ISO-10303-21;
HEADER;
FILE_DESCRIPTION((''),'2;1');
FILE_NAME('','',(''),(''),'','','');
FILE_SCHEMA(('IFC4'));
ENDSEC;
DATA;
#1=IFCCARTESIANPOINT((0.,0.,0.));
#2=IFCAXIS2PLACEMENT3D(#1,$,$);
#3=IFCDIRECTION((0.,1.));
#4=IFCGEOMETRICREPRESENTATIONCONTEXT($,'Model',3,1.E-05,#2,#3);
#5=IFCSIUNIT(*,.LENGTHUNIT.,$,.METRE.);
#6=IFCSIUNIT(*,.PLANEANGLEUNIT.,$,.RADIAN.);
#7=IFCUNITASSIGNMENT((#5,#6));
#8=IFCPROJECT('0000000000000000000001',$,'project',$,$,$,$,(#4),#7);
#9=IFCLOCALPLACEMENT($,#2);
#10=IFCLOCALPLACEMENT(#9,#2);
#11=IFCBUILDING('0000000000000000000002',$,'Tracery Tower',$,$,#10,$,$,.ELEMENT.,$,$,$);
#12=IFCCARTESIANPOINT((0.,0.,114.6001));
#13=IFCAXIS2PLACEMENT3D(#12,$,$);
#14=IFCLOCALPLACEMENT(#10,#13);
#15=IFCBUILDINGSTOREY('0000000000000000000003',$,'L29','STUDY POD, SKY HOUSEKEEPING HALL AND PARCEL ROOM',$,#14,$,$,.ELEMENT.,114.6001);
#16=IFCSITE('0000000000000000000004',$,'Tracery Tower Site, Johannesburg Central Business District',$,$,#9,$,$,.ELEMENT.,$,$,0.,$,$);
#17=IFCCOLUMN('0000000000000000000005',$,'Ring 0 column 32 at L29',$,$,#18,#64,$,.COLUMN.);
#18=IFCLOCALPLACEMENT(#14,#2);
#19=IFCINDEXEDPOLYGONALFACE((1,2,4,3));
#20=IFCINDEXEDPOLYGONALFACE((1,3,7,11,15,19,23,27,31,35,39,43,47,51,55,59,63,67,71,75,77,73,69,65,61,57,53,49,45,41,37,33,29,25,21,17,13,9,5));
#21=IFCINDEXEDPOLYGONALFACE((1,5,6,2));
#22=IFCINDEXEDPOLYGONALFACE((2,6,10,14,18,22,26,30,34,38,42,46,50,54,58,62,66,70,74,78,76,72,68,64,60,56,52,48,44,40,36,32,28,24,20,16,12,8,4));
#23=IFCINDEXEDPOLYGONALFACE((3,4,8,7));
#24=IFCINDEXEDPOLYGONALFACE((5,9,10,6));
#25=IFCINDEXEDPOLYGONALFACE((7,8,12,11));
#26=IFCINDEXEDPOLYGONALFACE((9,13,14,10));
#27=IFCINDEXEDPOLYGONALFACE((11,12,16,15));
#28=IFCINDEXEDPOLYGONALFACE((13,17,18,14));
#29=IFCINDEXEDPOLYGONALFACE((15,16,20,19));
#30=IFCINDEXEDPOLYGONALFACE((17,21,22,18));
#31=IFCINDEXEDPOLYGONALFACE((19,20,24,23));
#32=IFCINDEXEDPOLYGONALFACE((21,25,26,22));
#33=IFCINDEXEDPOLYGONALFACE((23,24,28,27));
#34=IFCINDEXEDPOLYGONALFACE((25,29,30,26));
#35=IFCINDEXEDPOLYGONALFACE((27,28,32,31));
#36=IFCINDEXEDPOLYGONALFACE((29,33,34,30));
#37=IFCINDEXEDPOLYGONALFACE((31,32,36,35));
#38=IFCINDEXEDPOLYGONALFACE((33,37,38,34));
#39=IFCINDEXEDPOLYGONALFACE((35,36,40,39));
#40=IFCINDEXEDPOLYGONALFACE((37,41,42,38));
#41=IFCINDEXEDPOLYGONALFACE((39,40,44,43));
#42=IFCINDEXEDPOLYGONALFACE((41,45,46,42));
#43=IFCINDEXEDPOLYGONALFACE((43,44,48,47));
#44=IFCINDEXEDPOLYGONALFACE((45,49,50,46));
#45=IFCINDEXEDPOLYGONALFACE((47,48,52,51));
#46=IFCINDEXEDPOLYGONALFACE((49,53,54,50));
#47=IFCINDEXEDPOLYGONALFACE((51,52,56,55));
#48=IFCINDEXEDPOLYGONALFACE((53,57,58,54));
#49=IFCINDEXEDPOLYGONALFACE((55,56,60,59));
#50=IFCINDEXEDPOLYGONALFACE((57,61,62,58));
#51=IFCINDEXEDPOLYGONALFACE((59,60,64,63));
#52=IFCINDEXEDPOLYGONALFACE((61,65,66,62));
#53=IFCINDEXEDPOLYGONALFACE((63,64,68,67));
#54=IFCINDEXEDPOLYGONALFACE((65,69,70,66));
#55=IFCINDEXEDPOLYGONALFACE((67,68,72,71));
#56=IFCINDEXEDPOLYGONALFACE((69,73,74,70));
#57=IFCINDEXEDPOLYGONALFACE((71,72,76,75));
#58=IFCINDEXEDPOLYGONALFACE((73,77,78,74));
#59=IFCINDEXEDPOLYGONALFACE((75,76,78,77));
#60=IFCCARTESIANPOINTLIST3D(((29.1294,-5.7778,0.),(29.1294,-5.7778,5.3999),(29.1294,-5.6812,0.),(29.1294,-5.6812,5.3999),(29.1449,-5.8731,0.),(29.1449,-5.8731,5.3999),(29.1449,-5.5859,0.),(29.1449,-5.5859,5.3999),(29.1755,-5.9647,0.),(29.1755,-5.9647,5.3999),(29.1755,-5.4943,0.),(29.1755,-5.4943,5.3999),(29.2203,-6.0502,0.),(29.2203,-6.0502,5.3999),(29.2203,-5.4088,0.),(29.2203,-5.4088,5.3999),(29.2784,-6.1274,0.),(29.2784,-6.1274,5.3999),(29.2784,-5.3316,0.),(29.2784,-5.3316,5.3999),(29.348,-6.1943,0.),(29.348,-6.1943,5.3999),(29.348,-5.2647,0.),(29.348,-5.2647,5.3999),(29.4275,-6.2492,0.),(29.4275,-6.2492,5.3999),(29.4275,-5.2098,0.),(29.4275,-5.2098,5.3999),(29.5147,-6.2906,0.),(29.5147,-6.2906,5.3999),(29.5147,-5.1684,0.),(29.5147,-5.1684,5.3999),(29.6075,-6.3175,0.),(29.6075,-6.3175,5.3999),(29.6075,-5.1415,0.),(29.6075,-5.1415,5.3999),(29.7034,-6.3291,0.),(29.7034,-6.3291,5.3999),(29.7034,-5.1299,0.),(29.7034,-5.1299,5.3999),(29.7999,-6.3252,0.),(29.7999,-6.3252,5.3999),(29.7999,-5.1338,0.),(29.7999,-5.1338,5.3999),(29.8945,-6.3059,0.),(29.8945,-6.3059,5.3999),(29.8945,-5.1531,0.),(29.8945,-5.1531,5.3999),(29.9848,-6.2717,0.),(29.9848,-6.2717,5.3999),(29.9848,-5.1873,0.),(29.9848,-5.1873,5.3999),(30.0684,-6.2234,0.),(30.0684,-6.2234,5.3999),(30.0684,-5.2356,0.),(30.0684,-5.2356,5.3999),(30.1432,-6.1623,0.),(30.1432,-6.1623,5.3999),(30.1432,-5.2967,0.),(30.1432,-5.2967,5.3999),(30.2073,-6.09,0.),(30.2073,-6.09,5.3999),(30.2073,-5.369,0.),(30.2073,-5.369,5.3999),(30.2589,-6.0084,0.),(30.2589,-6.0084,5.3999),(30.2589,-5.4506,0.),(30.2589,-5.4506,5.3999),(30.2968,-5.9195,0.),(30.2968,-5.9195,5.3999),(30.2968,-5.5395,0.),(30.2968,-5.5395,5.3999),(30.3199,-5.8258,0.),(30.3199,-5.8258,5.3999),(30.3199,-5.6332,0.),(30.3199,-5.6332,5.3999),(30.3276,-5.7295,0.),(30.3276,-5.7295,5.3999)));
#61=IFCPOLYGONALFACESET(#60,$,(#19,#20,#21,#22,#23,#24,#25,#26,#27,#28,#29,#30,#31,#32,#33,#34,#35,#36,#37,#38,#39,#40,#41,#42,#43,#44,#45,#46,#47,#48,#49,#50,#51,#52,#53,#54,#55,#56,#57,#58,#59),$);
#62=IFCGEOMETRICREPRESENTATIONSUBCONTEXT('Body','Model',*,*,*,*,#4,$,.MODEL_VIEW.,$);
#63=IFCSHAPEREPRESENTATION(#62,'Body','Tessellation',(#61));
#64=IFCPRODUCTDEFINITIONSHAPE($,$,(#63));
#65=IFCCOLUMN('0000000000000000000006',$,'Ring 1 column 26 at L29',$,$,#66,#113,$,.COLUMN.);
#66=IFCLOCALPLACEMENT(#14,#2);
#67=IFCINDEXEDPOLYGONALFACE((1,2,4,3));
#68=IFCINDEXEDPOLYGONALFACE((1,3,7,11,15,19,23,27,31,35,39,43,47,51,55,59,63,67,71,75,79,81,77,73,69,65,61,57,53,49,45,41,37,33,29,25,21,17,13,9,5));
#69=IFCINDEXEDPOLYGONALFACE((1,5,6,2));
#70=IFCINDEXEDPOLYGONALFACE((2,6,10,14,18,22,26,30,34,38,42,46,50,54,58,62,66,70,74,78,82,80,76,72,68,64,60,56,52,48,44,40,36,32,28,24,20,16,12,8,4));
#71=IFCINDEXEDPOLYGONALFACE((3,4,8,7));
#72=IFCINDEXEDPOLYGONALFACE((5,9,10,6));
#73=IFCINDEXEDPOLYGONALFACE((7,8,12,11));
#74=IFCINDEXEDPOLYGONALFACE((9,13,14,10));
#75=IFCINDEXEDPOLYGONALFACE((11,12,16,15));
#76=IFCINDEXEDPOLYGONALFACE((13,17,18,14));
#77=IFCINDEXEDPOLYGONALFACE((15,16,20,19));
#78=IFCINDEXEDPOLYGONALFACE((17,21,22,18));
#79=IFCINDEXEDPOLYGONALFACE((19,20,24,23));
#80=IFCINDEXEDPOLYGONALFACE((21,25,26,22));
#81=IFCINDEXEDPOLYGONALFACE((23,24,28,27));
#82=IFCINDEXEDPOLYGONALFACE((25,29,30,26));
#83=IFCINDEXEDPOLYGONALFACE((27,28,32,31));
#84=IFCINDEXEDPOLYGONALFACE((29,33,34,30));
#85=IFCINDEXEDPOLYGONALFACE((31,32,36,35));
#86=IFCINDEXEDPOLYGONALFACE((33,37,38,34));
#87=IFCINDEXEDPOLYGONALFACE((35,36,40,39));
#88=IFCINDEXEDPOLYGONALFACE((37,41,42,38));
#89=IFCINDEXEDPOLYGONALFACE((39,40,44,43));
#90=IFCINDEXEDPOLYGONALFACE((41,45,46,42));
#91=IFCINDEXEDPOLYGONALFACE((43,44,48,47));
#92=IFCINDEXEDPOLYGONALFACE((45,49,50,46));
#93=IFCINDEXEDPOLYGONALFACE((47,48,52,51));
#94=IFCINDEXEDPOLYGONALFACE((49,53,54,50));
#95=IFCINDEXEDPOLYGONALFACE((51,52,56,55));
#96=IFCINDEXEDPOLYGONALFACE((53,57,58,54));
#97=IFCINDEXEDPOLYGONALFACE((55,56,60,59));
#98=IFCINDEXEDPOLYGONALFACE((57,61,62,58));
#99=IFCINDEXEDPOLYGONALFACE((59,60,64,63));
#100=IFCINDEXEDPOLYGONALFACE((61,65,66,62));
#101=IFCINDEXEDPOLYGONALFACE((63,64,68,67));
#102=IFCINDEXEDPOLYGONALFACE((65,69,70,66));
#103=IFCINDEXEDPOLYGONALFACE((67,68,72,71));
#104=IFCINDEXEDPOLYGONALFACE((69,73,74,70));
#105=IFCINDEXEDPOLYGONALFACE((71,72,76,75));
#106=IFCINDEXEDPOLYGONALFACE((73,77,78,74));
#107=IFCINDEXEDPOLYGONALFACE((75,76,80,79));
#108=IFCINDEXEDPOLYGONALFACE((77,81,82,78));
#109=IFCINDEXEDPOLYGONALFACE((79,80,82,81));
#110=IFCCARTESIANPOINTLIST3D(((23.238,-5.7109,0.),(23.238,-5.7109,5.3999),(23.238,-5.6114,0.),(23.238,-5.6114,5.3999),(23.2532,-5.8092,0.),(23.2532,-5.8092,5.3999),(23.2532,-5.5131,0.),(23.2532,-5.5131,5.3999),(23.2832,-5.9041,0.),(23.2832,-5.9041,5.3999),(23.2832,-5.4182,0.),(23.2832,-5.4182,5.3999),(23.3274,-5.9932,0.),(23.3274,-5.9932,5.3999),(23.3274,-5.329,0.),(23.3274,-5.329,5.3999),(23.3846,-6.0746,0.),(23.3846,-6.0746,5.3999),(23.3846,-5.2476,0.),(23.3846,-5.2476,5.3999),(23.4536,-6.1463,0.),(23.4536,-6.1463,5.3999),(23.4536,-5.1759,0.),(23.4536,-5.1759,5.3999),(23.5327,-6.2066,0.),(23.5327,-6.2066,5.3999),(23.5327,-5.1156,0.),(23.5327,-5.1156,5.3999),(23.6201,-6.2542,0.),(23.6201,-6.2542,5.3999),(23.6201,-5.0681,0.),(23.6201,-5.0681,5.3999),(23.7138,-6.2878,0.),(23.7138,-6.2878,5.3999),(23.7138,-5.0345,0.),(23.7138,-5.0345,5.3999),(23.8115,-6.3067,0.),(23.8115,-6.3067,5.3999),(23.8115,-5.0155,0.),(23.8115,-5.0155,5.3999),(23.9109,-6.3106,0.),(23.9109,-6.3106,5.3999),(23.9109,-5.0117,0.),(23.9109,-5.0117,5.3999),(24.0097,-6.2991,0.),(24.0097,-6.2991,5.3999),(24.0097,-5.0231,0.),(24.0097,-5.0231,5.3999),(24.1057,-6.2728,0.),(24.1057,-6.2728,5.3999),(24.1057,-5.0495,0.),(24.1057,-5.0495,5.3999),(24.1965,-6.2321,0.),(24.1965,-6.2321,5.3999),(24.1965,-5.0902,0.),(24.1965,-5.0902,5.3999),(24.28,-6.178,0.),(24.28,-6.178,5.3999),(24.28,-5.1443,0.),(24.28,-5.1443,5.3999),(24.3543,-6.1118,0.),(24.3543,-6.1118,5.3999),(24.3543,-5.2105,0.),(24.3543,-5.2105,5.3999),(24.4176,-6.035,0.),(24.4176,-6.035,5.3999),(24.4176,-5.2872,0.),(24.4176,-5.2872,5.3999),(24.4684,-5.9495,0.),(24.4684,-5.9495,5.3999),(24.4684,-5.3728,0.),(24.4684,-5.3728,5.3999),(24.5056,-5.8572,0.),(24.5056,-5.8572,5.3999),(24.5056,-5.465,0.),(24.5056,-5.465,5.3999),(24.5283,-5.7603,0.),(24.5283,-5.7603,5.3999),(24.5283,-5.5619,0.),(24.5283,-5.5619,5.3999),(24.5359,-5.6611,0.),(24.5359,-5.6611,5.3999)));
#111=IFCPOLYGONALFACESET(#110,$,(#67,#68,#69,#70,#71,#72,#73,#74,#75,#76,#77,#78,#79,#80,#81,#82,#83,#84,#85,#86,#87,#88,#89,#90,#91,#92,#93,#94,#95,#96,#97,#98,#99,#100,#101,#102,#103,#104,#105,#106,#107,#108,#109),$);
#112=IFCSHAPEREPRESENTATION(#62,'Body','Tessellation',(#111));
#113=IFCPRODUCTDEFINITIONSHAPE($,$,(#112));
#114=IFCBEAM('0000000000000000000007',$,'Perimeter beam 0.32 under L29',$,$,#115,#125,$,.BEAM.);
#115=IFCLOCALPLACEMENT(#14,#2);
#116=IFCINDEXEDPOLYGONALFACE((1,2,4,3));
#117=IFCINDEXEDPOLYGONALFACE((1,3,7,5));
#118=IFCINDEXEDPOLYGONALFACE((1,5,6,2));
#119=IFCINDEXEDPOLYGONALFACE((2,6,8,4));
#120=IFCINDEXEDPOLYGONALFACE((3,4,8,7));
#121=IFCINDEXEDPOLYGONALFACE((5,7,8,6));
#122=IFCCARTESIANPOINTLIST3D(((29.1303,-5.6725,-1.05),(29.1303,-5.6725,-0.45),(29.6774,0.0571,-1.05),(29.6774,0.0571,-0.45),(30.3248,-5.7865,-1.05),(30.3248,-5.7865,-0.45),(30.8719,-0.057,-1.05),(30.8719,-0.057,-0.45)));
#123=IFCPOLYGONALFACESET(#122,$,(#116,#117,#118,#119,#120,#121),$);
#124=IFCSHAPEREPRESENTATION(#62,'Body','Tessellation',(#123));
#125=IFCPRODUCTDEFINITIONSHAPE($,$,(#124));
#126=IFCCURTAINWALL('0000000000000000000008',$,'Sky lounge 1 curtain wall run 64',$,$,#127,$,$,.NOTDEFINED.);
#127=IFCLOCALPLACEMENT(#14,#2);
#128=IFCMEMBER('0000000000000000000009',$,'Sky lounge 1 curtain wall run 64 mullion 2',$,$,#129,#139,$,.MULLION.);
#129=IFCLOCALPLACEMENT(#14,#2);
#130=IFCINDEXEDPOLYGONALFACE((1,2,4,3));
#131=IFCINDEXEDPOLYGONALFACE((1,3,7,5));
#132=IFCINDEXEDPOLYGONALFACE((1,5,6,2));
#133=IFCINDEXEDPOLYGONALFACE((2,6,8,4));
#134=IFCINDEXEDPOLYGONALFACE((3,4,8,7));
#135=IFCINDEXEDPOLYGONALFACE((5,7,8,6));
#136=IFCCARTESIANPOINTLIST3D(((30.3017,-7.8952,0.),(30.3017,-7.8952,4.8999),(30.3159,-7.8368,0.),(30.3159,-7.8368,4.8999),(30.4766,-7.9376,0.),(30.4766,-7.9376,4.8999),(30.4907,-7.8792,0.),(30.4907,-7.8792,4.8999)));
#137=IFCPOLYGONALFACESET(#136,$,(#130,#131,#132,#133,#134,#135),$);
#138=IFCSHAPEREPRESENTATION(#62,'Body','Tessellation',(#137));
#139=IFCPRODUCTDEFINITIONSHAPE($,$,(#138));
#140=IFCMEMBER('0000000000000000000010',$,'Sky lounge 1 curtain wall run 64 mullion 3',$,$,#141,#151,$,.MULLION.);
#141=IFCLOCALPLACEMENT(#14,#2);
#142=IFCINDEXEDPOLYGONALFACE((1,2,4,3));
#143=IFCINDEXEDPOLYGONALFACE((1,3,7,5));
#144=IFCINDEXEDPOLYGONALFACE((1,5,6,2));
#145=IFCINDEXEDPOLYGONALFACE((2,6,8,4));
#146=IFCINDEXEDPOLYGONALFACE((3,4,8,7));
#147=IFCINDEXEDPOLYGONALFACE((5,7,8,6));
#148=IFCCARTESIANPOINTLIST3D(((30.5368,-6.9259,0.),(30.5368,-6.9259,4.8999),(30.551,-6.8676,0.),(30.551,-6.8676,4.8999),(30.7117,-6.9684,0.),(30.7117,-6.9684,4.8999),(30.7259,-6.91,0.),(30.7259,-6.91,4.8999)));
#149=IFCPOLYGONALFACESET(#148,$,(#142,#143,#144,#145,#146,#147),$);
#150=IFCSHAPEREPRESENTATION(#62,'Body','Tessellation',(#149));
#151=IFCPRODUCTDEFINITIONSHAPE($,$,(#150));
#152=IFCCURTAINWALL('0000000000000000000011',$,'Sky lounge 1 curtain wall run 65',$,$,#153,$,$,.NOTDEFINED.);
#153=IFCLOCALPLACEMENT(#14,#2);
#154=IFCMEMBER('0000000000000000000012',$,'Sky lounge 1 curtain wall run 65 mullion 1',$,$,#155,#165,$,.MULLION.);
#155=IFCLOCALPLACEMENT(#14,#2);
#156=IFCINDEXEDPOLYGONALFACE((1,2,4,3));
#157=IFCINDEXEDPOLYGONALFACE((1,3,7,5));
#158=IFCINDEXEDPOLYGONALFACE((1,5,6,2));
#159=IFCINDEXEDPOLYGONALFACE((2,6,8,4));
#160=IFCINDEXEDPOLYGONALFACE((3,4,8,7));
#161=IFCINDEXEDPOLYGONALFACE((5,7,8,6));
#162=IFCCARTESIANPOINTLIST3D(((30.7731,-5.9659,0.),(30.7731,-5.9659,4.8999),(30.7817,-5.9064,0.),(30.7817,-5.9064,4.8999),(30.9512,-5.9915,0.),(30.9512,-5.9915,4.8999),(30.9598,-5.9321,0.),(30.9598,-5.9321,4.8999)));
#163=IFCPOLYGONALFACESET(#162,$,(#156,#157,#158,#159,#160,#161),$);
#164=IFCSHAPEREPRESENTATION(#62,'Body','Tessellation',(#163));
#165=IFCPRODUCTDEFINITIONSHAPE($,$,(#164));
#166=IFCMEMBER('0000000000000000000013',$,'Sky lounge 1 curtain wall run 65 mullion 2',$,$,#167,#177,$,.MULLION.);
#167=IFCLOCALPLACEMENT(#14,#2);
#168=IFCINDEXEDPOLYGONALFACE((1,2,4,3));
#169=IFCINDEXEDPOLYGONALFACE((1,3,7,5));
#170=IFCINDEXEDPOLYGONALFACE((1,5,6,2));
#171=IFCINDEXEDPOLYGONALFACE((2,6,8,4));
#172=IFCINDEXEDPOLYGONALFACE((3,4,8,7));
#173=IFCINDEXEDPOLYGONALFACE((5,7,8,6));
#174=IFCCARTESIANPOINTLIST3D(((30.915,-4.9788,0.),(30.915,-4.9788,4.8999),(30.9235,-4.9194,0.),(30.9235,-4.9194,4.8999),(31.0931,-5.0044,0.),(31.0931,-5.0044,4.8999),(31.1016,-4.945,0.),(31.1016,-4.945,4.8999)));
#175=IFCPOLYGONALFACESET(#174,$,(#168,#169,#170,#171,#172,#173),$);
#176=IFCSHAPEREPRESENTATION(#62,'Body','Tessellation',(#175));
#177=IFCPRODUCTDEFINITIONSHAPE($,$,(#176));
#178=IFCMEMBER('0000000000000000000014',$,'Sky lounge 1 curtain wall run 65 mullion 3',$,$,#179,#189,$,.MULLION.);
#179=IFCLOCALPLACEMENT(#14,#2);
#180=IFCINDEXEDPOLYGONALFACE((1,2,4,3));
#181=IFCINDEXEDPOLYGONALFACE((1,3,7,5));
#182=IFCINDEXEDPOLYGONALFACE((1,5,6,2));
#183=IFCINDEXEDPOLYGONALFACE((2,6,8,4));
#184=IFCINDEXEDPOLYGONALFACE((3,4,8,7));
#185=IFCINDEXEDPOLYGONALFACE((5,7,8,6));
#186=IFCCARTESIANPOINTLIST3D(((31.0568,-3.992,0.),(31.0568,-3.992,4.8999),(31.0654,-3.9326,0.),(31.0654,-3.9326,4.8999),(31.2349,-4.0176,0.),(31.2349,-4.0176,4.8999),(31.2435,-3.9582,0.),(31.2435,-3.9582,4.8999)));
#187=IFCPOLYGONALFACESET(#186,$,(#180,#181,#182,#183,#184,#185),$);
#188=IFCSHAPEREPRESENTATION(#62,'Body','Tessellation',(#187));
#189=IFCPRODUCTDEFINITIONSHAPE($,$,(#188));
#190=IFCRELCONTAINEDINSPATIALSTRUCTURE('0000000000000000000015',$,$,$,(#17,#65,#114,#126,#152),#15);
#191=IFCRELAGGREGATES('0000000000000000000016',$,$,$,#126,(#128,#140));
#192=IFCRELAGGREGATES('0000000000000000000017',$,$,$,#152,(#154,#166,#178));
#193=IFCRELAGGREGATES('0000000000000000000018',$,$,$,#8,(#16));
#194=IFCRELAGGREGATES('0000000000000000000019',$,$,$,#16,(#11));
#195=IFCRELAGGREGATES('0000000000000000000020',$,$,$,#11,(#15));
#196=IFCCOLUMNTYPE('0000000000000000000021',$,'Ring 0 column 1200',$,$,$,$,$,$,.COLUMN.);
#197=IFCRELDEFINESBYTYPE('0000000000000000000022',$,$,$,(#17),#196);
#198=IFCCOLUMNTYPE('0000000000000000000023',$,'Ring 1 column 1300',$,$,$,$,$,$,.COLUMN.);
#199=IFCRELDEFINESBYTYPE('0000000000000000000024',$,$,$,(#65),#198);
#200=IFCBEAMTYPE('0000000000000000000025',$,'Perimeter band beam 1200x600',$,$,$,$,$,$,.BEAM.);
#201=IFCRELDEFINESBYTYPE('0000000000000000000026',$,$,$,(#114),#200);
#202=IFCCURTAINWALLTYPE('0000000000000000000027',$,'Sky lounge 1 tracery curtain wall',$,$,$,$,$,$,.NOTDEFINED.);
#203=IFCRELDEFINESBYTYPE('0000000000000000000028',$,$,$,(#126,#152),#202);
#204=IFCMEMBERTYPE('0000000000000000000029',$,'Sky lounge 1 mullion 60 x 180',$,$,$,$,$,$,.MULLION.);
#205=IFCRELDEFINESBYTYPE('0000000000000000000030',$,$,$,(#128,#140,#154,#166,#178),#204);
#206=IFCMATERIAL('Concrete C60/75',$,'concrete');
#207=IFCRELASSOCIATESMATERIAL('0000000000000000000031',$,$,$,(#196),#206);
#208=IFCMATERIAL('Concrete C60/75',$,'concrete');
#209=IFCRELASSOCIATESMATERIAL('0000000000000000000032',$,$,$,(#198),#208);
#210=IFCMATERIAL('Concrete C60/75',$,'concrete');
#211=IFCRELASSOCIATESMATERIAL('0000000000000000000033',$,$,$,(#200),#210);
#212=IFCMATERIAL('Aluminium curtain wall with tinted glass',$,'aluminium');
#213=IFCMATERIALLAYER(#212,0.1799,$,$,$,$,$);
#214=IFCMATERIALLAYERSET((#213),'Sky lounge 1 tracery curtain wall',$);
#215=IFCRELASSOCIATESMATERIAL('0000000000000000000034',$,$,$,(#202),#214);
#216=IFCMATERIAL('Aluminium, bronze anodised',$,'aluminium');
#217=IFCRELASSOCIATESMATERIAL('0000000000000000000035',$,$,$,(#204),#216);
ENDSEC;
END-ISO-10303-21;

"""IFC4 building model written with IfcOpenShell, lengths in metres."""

from ifc_helpers import new_model, si_unit, direction, frame, origin, origin_2d, place, context, subcontext, project, spatial, rectangle, circle, extrude, material, layer, layer_set, material_profile, profile_set, type_object, element, aggregate, save


model = new_model("IFC4")

# Units and contexts
model_context = context("Model", 3, precision=1e-05, world=origin(), true_north=direction((0.0, 1.0)))
body_context = subcontext(model_context, "Body", "Model", "MODEL_VIEW")
ifc_project = project(units=[si_unit("LENGTHUNIT", "METRE"), si_unit("PLANEANGLEUNIT", "RADIAN")], contexts=[model_context])

# Site, building, storey
site_placement = place(None, origin())
site = spatial("IfcSite", under=ifc_project, at=site_placement, Name="Tracery Tower Site, Johannesburg Central Business District", CompositionType="ELEMENT", RefElevation=0.0)
building_placement = place(site_placement, origin())
building = spatial("IfcBuilding", under=site, at=building_placement, Name="Tracery Tower", CompositionType="ELEMENT")
storey_placement = place(building_placement, frame((0.0, 0.0, 114.6001)))
storey = spatial("IfcBuildingStorey", under=building, at=storey_placement, Name="L29", Description="STUDY POD, SKY HOUSEKEEPING HALL AND PARCEL ROOM", CompositionType="ELEMENT", Elevation=114.6001)

# Columns
ifc_material_1 = material(Name="Concrete C60/75", Category="concrete")
ifc_material_profile_1 = material_profile(ifc_material_1, circle(Radius=0.6001, at=origin_2d()), Name="RC D1200")
ifc_profile_set_1 = profile_set([ifc_material_profile_1], Name="Concrete C60/75")
column_type_1 = type_object("IfcColumnType", Name="Ring 0 column 1200", PredefinedType="COLUMN", material=ifc_profile_set_1)
column_1_placement = place(storey_placement, frame((29.7275, -5.7295, 0.0), z_axis=(0.0, 0.0, 1.0), x_axis=(1.0, 0.0, 0.0)))
element("IfcColumn", 1, at=column_1_placement, inside=storey, type_object=column_type_1, Name="Ring 0 column 32 at L29", PredefinedType="COLUMN", context=body_context, shape_type="SweptSolid", body=[
    extrude(circle(Radius=0.6001, at=origin_2d()), origin(), (0.0, 0.0, 1.0), 5.3999),
])
ifc_material_2 = material(Name="Concrete C60/75", Category="concrete")
ifc_material_profile_2 = material_profile(ifc_material_2, circle(Radius=0.6499, at=origin_2d()), Name="RC D1300")
ifc_profile_set_2 = profile_set([ifc_material_profile_2], Name="Concrete C60/75")
column_type_2 = type_object("IfcColumnType", Name="Ring 1 column 1300", PredefinedType="COLUMN", material=ifc_profile_set_2)
column_2_placement = place(storey_placement, frame((23.886, -5.6611, 0.0), z_axis=(0.0, 0.0, 1.0), x_axis=(1.0, 0.0, 0.0)))
element("IfcColumn", 2, at=column_2_placement, inside=storey, type_object=column_type_2, Name="Ring 1 column 26 at L29", PredefinedType="COLUMN", context=body_context, shape_type="SweptSolid", body=[
    extrude(circle(Radius=0.6499, at=origin_2d()), origin(), (0.0, 0.0, 1.0), 5.3999),
])

# Beam
ifc_material_3 = material(Name="Concrete C60/75", Category="concrete")
ifc_material_profile_3 = material_profile(ifc_material_3, rectangle(XDim=1.2, YDim=0.6001, at=origin_2d()), Name="RC 1200x600")
ifc_profile_set_3 = profile_set([ifc_material_profile_3], Name="Concrete C60/75")
beam_type = type_object("IfcBeamType", Name="Perimeter band beam 1200x600", PredefinedType="BEAM", material=ifc_profile_set_3)
beam_placement = place(storey_placement, frame((29.7275, -5.7295, -0.75), z_axis=(0.095059, 0.995472, 0.0), x_axis=(-0.995472, 0.095059, 0.0)))
element("IfcBeam", 3, at=beam_placement, inside=storey, type_object=beam_type, Name="Perimeter beam 0.32 under L29", PredefinedType="BEAM", context=body_context, shape_type="SweptSolid", body=[
    extrude(rectangle(XDim=1.2, YDim=0.6001, at=origin_2d()), origin(), (0.0, 0.0, 1.0), 5.7556),
])

# Curtain walls, members
ifc_material_4 = material(Name="Aluminium curtain wall with tinted glass", Category="aluminium")
ifc_layer_1 = layer(ifc_material_4, 0.1799)
ifc_layer_set_1 = layer_set([ifc_layer_1], Name="Sky lounge 1 tracery curtain wall")
curtain_wall_type = type_object("IfcCurtainWallType", Name="Sky lounge 1 tracery curtain wall", PredefinedType="NOTDEFINED", material=ifc_layer_set_1)
curtain_wall_1_placement = place(storey_placement, origin())
curtain_wall_1 = element("IfcCurtainWall", 4, at=curtain_wall_1_placement, inside=storey, type_object=curtain_wall_type, Name="Sky lounge 1 curtain wall run 64", PredefinedType="NOTDEFINED")
ifc_material_5 = material(Name="Aluminium, bronze anodised", Category="aluminium")
ifc_material_profile_4 = material_profile(ifc_material_5, rectangle(XDim=0.1799, YDim=0.0601, at=origin_2d()), Name="AL 60x180")
ifc_profile_set_4 = profile_set([ifc_material_profile_4], Name="Aluminium, bronze anodised")
member_type_1 = type_object("IfcMemberType", Name="Sky lounge 1 mullion 60 x 180", PredefinedType="MULLION", material=ifc_profile_set_4)
member_1_placement = place(storey_placement, frame((30.3962, -7.8872, 0.0), z_axis=(0.0, 0.0, 1.0), x_axis=(-0.971812, 0.235759, 0.0)))
member_1 = element("IfcMember", 5, at=member_1_placement, type_object=member_type_1, Name="Sky lounge 1 curtain wall run 64 mullion 2", PredefinedType="MULLION", context=body_context, shape_type="SweptSolid", body=[
    extrude(rectangle(XDim=0.1799, YDim=0.0601, at=origin_2d()), origin(), (0.0, 0.0, 1.0), 4.8999),
])
member_2_placement = place(storey_placement, frame((30.6313, -6.918, 0.0), z_axis=(0.0, 0.0, 1.0), x_axis=(-0.971812, 0.235759, 0.0)))
member_2 = element("IfcMember", 6, at=member_2_placement, type_object=member_type_1, Name="Sky lounge 1 curtain wall run 64 mullion 3", PredefinedType="MULLION", context=body_context, shape_type="SweptSolid", body=[
    extrude(rectangle(XDim=0.1799, YDim=0.0601, at=origin_2d()), origin(), (0.0, 0.0, 1.0), 4.8999),
])
curtain_wall_2_placement = place(storey_placement, origin())
curtain_wall_2 = element("IfcCurtainWall", 7, at=curtain_wall_2_placement, inside=storey, type_object=curtain_wall_type, Name="Sky lounge 1 curtain wall run 65", PredefinedType="NOTDEFINED")
member_3_placement = place(storey_placement, frame((30.8665, -5.949, 0.0), z_axis=(0.0, 0.0, 1.0), x_axis=(-0.989821, 0.142315, 0.0)))
member_3 = element("IfcMember", 8, at=member_3_placement, type_object=member_type_1, Name="Sky lounge 1 curtain wall run 65 mullion 1", PredefinedType="MULLION", context=body_context, shape_type="SweptSolid", body=[
    extrude(rectangle(XDim=0.1799, YDim=0.0601, at=origin_2d()), origin(), (0.0, 0.0, 1.0), 4.8999),
])
member_4_placement = place(storey_placement, frame((31.0083, -4.9619, 0.0), z_axis=(0.0, 0.0, 1.0), x_axis=(-0.989821, 0.142315, 0.0)))
member_4 = element("IfcMember", 9, at=member_4_placement, type_object=member_type_1, Name="Sky lounge 1 curtain wall run 65 mullion 2", PredefinedType="MULLION", context=body_context, shape_type="SweptSolid", body=[
    extrude(rectangle(XDim=0.1799, YDim=0.0601, at=origin_2d()), origin(), (0.0, 0.0, 1.0), 4.8999),
])
member_5_placement = place(storey_placement, frame((31.1501, -3.9751, 0.0), z_axis=(0.0, 0.0, 1.0), x_axis=(-0.989821, 0.142315, 0.0)))
member_5 = element("IfcMember", 10, at=member_5_placement, type_object=member_type_1, Name="Sky lounge 1 curtain wall run 65 mullion 3", PredefinedType="MULLION", context=body_context, shape_type="SweptSolid", body=[
    extrude(rectangle(XDim=0.1799, YDim=0.0601, at=origin_2d()), origin(), (0.0, 0.0, 1.0), 4.8999),
])

aggregate(curtain_wall_1, [member_1, member_2])
aggregate(curtain_wall_2, [member_3, member_4, member_5])

save(model, "model.ifc")
